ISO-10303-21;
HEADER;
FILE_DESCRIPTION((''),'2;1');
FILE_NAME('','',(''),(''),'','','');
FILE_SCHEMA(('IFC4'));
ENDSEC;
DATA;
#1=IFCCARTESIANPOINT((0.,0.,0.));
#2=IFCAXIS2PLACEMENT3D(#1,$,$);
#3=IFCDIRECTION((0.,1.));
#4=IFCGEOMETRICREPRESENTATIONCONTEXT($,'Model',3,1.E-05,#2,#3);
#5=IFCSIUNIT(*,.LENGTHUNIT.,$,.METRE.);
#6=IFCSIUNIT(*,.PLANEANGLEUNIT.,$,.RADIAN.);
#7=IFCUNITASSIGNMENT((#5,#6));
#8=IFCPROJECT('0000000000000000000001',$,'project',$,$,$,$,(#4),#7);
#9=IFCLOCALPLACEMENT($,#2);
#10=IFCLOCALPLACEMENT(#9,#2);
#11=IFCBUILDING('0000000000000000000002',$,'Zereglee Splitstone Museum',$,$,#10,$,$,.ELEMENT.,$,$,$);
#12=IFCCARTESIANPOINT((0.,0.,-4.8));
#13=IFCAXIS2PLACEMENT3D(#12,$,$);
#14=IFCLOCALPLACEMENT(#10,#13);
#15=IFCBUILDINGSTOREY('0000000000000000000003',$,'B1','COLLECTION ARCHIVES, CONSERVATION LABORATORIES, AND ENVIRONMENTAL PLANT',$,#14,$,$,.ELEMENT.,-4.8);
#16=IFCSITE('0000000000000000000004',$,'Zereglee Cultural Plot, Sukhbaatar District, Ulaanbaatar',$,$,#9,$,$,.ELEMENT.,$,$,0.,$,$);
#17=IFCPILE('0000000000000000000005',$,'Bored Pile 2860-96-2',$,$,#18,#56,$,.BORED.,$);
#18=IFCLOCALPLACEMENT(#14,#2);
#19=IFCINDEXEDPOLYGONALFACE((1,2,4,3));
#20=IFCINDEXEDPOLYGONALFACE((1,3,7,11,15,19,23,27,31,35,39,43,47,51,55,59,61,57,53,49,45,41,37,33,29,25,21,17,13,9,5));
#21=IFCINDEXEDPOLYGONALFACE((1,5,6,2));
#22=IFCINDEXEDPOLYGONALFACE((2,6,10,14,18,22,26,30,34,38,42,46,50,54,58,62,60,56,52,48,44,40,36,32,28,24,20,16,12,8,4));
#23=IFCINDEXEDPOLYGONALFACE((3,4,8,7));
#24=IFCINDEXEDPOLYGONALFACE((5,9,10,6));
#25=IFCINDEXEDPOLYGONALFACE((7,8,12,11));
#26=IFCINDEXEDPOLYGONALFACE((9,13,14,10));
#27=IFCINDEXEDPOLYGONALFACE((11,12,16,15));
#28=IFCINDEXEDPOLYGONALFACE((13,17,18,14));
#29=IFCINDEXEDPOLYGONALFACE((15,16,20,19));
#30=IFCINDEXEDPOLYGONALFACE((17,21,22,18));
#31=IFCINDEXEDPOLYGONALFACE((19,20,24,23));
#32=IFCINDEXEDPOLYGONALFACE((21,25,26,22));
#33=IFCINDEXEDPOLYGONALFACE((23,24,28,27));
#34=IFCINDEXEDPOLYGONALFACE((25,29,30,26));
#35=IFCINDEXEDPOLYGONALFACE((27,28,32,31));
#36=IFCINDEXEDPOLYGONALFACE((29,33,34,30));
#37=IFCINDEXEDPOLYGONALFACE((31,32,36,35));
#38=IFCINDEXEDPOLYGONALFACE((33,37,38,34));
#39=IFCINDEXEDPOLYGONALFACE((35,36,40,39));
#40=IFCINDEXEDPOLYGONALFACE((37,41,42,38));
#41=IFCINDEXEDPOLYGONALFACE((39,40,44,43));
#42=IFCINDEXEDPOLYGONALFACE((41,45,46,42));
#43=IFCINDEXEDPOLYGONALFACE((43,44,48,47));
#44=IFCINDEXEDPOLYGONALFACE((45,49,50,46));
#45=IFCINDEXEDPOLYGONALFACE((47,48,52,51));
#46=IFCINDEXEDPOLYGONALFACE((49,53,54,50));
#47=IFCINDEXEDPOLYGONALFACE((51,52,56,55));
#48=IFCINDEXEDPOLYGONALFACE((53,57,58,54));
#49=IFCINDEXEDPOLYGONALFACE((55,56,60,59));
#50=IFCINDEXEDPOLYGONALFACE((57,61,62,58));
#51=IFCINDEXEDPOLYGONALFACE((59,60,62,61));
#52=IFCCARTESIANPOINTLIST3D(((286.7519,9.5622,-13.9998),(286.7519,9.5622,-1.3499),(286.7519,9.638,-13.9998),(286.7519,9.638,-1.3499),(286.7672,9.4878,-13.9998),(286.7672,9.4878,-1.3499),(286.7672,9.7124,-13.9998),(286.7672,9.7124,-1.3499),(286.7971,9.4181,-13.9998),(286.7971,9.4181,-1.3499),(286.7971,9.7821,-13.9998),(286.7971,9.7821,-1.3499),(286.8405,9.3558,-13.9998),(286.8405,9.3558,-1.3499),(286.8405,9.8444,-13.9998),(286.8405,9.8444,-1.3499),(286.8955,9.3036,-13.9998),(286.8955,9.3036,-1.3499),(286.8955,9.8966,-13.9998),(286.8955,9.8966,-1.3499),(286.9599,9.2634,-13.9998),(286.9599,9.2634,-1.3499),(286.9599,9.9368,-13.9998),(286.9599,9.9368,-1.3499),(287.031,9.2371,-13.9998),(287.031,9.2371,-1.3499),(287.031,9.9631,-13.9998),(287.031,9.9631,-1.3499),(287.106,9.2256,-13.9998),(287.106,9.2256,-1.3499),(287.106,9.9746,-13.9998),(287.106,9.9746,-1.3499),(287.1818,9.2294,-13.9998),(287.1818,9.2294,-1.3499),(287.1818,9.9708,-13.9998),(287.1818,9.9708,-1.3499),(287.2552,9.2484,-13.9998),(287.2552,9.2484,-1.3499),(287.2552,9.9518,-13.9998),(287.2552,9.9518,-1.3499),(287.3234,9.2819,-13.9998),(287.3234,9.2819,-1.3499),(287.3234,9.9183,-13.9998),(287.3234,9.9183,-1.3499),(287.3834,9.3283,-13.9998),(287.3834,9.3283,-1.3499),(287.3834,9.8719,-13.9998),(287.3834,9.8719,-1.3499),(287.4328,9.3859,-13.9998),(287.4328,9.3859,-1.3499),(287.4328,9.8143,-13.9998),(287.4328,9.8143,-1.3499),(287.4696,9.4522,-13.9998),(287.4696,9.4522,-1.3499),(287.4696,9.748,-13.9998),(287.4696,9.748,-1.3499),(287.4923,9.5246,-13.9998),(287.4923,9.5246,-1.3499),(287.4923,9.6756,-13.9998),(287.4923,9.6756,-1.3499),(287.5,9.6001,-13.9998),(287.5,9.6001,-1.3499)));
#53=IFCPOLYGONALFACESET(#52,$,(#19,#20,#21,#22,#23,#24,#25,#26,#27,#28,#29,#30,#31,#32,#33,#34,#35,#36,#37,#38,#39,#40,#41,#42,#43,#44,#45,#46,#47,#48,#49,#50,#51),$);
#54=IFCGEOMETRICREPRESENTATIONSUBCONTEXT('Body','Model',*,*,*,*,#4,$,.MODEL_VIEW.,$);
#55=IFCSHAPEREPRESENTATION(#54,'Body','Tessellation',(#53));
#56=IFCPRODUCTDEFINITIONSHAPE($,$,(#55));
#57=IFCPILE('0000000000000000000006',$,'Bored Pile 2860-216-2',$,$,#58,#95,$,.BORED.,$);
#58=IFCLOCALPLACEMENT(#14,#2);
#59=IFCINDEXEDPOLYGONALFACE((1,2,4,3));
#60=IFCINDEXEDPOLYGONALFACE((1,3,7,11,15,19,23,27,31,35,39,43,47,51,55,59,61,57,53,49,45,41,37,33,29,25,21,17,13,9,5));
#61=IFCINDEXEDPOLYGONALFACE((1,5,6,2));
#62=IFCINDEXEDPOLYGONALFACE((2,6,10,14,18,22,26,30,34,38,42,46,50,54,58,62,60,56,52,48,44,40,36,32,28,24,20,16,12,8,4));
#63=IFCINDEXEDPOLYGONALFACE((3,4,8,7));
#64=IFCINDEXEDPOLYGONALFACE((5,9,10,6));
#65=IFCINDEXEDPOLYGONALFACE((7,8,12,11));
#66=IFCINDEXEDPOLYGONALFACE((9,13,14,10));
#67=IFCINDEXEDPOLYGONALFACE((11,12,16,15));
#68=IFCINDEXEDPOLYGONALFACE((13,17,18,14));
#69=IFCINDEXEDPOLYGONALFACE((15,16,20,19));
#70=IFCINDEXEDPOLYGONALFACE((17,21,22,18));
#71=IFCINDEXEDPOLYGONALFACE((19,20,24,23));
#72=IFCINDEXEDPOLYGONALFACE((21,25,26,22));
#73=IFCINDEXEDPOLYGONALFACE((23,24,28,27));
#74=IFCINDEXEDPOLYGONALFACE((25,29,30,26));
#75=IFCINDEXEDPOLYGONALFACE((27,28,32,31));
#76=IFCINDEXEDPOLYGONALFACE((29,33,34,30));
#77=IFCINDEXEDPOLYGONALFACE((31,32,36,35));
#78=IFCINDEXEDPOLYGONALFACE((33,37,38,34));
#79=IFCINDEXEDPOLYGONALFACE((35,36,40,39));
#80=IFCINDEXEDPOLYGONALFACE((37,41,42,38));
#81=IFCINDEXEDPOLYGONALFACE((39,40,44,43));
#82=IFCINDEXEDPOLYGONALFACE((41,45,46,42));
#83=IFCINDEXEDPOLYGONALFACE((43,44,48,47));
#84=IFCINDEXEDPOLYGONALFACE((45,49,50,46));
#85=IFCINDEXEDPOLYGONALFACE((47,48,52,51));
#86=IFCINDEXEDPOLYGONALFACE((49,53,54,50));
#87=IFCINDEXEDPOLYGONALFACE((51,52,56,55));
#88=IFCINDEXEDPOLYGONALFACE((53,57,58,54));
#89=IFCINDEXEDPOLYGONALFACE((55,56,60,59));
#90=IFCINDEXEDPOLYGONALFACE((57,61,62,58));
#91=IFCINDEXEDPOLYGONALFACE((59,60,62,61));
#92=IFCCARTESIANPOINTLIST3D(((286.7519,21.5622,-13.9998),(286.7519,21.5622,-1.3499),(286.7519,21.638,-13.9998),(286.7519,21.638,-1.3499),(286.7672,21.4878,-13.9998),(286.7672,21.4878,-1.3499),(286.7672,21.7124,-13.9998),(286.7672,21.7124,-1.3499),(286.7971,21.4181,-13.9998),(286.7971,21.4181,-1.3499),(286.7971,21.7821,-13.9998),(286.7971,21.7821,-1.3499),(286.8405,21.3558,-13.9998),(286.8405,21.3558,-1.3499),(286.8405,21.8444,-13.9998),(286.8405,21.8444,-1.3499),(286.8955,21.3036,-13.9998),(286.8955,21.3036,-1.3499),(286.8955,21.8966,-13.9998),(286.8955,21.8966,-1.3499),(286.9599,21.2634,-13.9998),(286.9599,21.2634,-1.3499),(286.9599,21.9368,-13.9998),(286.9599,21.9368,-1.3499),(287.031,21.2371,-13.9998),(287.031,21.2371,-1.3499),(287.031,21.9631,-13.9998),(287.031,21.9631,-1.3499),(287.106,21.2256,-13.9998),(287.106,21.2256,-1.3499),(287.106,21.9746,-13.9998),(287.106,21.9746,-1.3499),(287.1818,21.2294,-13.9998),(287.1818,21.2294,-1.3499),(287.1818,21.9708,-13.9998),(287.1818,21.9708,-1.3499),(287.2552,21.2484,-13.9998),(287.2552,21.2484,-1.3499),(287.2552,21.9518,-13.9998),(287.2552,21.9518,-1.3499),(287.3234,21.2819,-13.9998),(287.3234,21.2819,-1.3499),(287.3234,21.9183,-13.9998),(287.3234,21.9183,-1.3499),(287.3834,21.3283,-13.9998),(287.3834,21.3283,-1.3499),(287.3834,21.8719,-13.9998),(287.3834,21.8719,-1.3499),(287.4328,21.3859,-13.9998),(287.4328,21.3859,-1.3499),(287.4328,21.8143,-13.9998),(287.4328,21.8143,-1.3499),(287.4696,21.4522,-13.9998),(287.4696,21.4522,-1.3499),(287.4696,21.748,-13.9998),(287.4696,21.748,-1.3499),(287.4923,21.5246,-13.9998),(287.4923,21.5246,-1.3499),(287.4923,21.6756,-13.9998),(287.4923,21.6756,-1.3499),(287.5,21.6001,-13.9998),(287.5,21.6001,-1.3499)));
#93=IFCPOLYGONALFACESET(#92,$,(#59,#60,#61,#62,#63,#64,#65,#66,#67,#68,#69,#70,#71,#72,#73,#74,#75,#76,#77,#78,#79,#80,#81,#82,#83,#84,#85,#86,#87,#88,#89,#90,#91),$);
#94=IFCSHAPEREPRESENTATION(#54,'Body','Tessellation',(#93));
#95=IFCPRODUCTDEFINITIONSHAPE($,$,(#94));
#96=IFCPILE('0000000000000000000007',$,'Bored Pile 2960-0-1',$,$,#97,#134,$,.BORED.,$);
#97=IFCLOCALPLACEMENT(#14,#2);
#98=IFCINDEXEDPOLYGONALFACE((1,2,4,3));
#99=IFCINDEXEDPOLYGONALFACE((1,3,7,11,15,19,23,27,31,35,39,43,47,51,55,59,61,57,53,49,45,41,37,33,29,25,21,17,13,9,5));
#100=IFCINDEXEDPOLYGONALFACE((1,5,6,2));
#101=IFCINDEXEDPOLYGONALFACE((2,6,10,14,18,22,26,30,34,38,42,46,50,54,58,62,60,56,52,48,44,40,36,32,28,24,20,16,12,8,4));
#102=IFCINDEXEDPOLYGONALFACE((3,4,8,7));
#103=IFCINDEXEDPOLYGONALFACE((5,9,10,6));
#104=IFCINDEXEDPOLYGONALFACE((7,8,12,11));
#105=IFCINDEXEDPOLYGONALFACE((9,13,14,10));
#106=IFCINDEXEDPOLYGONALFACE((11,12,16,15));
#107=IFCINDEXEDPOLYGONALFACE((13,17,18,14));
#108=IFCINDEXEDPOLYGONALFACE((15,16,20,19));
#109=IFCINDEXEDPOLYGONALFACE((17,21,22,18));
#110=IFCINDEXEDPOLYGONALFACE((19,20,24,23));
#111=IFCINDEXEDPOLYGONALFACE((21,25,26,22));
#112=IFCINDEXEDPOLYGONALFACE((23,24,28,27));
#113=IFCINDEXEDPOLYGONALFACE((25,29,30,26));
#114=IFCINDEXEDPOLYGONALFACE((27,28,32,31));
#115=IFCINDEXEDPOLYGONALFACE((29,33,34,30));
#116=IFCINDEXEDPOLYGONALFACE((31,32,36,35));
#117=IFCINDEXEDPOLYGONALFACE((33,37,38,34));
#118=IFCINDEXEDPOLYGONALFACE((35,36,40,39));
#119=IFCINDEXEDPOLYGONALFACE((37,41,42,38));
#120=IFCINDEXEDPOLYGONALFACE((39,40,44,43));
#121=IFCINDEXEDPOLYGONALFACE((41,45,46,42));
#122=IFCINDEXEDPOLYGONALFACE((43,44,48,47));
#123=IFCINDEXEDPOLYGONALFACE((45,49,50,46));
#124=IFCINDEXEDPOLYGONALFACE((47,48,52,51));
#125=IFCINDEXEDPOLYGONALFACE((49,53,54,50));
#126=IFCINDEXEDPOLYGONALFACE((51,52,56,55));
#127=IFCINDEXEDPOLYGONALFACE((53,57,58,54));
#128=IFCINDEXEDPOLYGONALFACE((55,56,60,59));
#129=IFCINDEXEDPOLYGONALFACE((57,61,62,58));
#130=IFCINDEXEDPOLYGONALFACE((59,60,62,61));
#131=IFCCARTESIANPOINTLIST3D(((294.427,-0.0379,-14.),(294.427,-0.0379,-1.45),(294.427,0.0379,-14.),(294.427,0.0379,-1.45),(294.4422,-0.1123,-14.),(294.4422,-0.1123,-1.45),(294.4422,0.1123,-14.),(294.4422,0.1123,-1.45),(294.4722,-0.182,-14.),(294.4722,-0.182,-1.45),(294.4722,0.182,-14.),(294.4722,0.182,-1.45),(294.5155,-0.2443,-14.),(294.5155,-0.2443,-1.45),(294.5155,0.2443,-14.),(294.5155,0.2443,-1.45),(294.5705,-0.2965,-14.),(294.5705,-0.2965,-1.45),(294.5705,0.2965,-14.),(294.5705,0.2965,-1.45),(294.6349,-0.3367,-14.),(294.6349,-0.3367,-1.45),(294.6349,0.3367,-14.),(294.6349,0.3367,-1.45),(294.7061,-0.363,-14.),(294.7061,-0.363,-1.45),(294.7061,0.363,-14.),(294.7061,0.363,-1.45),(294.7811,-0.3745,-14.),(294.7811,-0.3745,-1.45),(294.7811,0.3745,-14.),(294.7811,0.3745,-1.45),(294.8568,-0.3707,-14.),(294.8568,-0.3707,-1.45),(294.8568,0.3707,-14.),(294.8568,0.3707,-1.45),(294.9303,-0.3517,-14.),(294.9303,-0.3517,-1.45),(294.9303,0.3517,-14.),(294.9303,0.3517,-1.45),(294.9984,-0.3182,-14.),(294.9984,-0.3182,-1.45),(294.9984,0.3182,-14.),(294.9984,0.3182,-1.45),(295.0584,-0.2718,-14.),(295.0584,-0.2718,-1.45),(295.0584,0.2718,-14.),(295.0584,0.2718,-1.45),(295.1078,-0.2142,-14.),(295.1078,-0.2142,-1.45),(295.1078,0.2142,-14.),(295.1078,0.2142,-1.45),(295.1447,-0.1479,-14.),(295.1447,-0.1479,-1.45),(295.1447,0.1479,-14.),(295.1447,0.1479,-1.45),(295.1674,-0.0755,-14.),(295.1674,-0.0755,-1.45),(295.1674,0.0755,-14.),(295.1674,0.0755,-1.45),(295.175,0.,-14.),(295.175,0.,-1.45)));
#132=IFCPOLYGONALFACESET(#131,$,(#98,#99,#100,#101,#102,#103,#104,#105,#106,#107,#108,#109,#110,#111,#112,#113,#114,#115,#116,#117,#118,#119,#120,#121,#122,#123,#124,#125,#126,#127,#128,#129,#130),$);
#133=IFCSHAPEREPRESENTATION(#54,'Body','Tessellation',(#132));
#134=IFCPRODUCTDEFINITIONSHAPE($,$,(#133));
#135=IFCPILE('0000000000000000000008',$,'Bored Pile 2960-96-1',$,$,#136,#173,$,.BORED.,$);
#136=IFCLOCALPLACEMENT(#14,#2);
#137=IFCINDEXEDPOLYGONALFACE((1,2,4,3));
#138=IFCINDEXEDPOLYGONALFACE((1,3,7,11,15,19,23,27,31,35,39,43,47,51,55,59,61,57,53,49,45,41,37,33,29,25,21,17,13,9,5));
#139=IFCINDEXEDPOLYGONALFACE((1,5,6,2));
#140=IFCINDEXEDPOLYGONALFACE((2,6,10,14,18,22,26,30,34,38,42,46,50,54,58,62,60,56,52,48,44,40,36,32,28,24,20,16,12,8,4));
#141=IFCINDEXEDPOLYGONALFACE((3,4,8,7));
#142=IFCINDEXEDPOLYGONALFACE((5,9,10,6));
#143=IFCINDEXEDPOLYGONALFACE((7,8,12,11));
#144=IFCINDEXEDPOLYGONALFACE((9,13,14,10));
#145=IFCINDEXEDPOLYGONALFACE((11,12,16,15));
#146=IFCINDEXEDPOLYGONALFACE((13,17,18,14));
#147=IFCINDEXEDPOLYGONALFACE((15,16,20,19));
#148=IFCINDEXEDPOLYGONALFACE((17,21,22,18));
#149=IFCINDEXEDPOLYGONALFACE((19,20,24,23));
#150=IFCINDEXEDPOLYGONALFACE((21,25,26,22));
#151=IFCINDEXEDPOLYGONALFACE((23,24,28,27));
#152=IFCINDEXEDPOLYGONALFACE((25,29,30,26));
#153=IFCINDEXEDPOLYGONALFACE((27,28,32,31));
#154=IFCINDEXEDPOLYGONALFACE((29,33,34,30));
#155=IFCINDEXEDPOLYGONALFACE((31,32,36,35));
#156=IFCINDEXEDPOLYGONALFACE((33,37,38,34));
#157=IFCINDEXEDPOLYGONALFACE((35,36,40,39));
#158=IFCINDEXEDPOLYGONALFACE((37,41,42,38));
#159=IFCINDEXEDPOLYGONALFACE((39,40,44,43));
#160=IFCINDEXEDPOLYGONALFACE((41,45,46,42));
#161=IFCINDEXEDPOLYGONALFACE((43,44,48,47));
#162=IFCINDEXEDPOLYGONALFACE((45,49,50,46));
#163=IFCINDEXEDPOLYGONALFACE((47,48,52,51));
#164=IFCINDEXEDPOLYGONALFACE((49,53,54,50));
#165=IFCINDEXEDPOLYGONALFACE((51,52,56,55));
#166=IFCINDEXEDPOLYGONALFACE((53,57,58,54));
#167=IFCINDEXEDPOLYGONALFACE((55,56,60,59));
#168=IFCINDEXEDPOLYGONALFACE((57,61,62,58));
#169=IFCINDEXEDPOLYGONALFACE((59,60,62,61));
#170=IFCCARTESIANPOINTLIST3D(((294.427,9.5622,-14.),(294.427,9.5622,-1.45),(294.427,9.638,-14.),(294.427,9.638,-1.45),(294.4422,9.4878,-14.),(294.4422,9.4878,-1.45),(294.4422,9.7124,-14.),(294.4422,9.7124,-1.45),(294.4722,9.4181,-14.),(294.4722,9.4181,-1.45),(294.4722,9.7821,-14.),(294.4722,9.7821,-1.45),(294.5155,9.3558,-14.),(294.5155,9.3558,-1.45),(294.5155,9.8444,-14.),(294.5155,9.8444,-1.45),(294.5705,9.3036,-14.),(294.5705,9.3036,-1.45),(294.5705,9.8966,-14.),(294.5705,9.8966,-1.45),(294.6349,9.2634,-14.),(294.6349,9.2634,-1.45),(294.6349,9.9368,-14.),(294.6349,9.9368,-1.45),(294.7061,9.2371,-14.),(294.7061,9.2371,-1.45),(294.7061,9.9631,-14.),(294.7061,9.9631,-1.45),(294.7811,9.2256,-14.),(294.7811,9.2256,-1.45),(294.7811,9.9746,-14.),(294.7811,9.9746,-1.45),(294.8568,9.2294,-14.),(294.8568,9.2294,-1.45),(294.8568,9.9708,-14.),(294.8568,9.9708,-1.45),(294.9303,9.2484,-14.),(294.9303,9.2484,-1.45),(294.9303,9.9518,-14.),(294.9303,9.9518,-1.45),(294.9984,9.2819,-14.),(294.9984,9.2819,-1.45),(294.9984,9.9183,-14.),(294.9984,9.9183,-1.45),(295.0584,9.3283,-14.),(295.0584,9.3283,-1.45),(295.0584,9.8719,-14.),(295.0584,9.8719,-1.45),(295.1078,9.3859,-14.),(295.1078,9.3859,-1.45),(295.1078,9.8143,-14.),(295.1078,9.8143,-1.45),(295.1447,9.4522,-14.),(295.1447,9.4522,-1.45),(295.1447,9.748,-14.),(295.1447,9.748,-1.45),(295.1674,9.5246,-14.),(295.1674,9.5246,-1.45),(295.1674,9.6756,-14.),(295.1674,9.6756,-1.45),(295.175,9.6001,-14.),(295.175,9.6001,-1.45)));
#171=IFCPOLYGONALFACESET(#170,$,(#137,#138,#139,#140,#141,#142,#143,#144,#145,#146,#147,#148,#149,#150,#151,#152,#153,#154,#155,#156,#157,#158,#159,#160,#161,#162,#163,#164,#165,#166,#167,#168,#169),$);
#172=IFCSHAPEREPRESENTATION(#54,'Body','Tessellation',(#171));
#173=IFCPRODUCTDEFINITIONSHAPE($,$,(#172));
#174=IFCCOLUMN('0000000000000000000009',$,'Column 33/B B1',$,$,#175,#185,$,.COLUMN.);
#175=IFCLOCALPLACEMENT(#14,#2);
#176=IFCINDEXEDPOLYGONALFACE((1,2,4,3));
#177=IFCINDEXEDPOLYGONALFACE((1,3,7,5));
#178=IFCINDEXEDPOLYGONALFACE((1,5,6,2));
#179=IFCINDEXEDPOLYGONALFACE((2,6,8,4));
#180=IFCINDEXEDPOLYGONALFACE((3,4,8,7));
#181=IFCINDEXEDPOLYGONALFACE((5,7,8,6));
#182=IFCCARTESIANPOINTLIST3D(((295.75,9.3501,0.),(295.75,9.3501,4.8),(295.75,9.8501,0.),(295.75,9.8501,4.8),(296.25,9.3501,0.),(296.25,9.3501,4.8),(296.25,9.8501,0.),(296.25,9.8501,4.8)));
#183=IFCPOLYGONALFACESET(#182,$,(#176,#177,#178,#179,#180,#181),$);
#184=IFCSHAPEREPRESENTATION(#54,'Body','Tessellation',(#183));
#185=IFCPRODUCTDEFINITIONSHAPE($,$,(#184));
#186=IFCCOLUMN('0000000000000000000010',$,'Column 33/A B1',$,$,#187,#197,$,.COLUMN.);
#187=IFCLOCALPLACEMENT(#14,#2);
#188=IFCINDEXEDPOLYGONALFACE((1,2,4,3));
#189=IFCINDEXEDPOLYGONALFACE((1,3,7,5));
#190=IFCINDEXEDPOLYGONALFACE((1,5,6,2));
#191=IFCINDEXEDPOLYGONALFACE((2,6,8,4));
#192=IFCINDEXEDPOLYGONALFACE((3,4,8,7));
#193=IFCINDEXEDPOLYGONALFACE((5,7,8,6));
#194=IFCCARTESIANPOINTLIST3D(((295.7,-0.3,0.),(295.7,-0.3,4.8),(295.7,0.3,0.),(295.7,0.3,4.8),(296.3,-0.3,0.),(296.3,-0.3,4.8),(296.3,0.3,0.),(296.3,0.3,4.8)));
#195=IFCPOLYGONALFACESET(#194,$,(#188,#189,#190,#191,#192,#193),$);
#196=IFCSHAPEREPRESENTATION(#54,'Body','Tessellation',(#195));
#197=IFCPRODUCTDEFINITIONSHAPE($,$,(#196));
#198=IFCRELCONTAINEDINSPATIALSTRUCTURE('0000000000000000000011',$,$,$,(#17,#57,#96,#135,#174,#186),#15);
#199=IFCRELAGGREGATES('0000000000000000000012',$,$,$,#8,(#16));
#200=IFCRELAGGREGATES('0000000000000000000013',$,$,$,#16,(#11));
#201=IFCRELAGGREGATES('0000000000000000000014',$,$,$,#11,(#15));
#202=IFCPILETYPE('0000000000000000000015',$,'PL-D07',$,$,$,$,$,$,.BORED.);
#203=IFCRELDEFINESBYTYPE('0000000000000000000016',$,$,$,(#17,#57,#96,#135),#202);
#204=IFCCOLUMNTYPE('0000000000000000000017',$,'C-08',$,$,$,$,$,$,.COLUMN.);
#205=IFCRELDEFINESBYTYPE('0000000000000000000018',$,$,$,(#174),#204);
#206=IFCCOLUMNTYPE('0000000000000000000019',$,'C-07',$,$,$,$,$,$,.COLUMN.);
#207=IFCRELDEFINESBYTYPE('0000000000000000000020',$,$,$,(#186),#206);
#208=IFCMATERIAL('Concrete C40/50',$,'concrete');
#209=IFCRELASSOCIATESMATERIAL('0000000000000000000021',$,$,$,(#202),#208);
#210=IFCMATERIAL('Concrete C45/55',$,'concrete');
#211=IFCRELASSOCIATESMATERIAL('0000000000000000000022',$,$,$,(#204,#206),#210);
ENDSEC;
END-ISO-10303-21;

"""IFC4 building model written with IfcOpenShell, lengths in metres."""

from ifc_helpers import new_model, si_unit, direction, frame, origin, origin_2d, place, context, subcontext, project, spatial, rectangle, circle, extrude, material, material_profile, profile_set, type_object, element, save


model = new_model("IFC4")

# Units and contexts
model_context = context("Model", 3, precision=1e-05, world=origin(), true_north=direction((0.0, 1.0)))
body_context = subcontext(model_context, "Body", "Model", "MODEL_VIEW")
ifc_project = project(units=[si_unit("LENGTHUNIT", "METRE"), si_unit("PLANEANGLEUNIT", "RADIAN")], contexts=[model_context])

# Site, building, storey
site_placement = place(None, origin())
site = spatial("IfcSite", under=ifc_project, at=site_placement, Name="Zereglee Cultural Plot, Sukhbaatar District, Ulaanbaatar", CompositionType="ELEMENT", RefElevation=0.0)
building_placement = place(site_placement, origin())
building = spatial("IfcBuilding", under=site, at=building_placement, Name="Zereglee Splitstone Museum", CompositionType="ELEMENT")
storey_placement = place(building_placement, frame((0.0, 0.0, -4.8)))
storey = spatial("IfcBuildingStorey", under=building, at=storey_placement, Name="B1", Description="COLLECTION ARCHIVES, CONSERVATION LABORATORIES, AND ENVIRONMENTAL PLANT", CompositionType="ELEMENT", Elevation=-4.8)

# Shared definitions
ifc_material_1 = material(Name="Concrete C40/50", Category="concrete")

# Piles
ifc_material_profile_1 = material_profile(ifc_material_1, circle(Radius=0.375, at=origin_2d()), Name="PILE D750")
ifc_profile_set_1 = profile_set([ifc_material_profile_1], Name="Concrete C40/50")
pile_type = type_object("IfcPileType", Name="PL-D07", PredefinedType="BORED", material=ifc_profile_set_1)
for number, where, z_axis, x_axis, name in (
    (1, (287.125, 9.6001, -1.3499), (0.0, 0.0, -1.0), (1.0, 0.0, 0.0), "Bored Pile 2860-96-2"),
    (2, (287.125, 21.6001, -1.3499), (0.0, 0.0, -1.0), (1.0, 0.0, 0.0), "Bored Pile 2860-216-2"),
):
    element("IfcPile", number, at=place(storey_placement, frame(where, z_axis=z_axis, x_axis=x_axis)), inside=storey, type_object=pile_type, Name=name, PredefinedType="BORED", context=body_context, shape_type="SweptSolid", body=[
        extrude(circle(Radius=0.375, at=origin_2d()), origin(), (0.0, 0.0, 1.0), 12.6499),
    ])
for number, where, z_axis, x_axis, name in (
    (3, (294.8, 0.0, -1.45), (0.0, 0.0, -1.0), (1.0, 0.0, 0.0), "Bored Pile 2960-0-1"),
    (4, (294.8, 9.6001, -1.45), (0.0, 0.0, -1.0), (1.0, 0.0, 0.0), "Bored Pile 2960-96-1"),
):
    element("IfcPile", number, at=place(storey_placement, frame(where, z_axis=z_axis, x_axis=x_axis)), inside=storey, type_object=pile_type, Name=name, PredefinedType="BORED", context=body_context, shape_type="SweptSolid", body=[
        extrude(circle(Radius=0.375, at=origin_2d()), origin(), (0.0, 0.0, 1.0), 12.55),
    ])

# Columns
ifc_material_2 = material(Name="Concrete C45/55", Category="concrete")
ifc_material_profile_2 = material_profile(ifc_material_2, rectangle(XDim=0.5, YDim=0.5, at=origin_2d()), Name="RC 500x500")
ifc_profile_set_2 = profile_set([ifc_material_profile_2], Name="Concrete C45/55")
column_type_1 = type_object("IfcColumnType", Name="C-08", PredefinedType="COLUMN", material=ifc_profile_set_2)
column_1_placement = place(storey_placement, frame((296.0, 9.6001, 0.0), z_axis=(0.0, 0.0, 1.0), x_axis=(1.0, 0.0, 0.0)))
element("IfcColumn", 5, at=column_1_placement, inside=storey, type_object=column_type_1, Name="Column 33/B B1", PredefinedType="COLUMN", context=body_context, shape_type="SweptSolid", body=[
    extrude(rectangle(XDim=0.5, YDim=0.5, at=origin_2d()), origin(), (0.0, 0.0, 1.0), 4.8),
])
ifc_material_profile_3 = material_profile(ifc_material_2, rectangle(XDim=0.6001, YDim=0.6001, at=origin_2d()), Name="RC 600x600")
ifc_profile_set_3 = profile_set([ifc_material_profile_3], Name="Concrete C45/55")
column_type_2 = type_object("IfcColumnType", Name="C-07", PredefinedType="COLUMN", material=ifc_profile_set_3)
column_2_placement = place(storey_placement, frame((296.0, 0.0, 0.0), z_axis=(0.0, 0.0, 1.0), x_axis=(1.0, 0.0, 0.0)))
element("IfcColumn", 6, at=column_2_placement, inside=storey, type_object=column_type_2, Name="Column 33/A B1", PredefinedType="COLUMN", context=body_context, shape_type="SweptSolid", body=[
    extrude(rectangle(XDim=0.6001, YDim=0.6001, at=origin_2d()), origin(), (0.0, 0.0, 1.0), 4.8),
])

save(model, "model.ifc")
